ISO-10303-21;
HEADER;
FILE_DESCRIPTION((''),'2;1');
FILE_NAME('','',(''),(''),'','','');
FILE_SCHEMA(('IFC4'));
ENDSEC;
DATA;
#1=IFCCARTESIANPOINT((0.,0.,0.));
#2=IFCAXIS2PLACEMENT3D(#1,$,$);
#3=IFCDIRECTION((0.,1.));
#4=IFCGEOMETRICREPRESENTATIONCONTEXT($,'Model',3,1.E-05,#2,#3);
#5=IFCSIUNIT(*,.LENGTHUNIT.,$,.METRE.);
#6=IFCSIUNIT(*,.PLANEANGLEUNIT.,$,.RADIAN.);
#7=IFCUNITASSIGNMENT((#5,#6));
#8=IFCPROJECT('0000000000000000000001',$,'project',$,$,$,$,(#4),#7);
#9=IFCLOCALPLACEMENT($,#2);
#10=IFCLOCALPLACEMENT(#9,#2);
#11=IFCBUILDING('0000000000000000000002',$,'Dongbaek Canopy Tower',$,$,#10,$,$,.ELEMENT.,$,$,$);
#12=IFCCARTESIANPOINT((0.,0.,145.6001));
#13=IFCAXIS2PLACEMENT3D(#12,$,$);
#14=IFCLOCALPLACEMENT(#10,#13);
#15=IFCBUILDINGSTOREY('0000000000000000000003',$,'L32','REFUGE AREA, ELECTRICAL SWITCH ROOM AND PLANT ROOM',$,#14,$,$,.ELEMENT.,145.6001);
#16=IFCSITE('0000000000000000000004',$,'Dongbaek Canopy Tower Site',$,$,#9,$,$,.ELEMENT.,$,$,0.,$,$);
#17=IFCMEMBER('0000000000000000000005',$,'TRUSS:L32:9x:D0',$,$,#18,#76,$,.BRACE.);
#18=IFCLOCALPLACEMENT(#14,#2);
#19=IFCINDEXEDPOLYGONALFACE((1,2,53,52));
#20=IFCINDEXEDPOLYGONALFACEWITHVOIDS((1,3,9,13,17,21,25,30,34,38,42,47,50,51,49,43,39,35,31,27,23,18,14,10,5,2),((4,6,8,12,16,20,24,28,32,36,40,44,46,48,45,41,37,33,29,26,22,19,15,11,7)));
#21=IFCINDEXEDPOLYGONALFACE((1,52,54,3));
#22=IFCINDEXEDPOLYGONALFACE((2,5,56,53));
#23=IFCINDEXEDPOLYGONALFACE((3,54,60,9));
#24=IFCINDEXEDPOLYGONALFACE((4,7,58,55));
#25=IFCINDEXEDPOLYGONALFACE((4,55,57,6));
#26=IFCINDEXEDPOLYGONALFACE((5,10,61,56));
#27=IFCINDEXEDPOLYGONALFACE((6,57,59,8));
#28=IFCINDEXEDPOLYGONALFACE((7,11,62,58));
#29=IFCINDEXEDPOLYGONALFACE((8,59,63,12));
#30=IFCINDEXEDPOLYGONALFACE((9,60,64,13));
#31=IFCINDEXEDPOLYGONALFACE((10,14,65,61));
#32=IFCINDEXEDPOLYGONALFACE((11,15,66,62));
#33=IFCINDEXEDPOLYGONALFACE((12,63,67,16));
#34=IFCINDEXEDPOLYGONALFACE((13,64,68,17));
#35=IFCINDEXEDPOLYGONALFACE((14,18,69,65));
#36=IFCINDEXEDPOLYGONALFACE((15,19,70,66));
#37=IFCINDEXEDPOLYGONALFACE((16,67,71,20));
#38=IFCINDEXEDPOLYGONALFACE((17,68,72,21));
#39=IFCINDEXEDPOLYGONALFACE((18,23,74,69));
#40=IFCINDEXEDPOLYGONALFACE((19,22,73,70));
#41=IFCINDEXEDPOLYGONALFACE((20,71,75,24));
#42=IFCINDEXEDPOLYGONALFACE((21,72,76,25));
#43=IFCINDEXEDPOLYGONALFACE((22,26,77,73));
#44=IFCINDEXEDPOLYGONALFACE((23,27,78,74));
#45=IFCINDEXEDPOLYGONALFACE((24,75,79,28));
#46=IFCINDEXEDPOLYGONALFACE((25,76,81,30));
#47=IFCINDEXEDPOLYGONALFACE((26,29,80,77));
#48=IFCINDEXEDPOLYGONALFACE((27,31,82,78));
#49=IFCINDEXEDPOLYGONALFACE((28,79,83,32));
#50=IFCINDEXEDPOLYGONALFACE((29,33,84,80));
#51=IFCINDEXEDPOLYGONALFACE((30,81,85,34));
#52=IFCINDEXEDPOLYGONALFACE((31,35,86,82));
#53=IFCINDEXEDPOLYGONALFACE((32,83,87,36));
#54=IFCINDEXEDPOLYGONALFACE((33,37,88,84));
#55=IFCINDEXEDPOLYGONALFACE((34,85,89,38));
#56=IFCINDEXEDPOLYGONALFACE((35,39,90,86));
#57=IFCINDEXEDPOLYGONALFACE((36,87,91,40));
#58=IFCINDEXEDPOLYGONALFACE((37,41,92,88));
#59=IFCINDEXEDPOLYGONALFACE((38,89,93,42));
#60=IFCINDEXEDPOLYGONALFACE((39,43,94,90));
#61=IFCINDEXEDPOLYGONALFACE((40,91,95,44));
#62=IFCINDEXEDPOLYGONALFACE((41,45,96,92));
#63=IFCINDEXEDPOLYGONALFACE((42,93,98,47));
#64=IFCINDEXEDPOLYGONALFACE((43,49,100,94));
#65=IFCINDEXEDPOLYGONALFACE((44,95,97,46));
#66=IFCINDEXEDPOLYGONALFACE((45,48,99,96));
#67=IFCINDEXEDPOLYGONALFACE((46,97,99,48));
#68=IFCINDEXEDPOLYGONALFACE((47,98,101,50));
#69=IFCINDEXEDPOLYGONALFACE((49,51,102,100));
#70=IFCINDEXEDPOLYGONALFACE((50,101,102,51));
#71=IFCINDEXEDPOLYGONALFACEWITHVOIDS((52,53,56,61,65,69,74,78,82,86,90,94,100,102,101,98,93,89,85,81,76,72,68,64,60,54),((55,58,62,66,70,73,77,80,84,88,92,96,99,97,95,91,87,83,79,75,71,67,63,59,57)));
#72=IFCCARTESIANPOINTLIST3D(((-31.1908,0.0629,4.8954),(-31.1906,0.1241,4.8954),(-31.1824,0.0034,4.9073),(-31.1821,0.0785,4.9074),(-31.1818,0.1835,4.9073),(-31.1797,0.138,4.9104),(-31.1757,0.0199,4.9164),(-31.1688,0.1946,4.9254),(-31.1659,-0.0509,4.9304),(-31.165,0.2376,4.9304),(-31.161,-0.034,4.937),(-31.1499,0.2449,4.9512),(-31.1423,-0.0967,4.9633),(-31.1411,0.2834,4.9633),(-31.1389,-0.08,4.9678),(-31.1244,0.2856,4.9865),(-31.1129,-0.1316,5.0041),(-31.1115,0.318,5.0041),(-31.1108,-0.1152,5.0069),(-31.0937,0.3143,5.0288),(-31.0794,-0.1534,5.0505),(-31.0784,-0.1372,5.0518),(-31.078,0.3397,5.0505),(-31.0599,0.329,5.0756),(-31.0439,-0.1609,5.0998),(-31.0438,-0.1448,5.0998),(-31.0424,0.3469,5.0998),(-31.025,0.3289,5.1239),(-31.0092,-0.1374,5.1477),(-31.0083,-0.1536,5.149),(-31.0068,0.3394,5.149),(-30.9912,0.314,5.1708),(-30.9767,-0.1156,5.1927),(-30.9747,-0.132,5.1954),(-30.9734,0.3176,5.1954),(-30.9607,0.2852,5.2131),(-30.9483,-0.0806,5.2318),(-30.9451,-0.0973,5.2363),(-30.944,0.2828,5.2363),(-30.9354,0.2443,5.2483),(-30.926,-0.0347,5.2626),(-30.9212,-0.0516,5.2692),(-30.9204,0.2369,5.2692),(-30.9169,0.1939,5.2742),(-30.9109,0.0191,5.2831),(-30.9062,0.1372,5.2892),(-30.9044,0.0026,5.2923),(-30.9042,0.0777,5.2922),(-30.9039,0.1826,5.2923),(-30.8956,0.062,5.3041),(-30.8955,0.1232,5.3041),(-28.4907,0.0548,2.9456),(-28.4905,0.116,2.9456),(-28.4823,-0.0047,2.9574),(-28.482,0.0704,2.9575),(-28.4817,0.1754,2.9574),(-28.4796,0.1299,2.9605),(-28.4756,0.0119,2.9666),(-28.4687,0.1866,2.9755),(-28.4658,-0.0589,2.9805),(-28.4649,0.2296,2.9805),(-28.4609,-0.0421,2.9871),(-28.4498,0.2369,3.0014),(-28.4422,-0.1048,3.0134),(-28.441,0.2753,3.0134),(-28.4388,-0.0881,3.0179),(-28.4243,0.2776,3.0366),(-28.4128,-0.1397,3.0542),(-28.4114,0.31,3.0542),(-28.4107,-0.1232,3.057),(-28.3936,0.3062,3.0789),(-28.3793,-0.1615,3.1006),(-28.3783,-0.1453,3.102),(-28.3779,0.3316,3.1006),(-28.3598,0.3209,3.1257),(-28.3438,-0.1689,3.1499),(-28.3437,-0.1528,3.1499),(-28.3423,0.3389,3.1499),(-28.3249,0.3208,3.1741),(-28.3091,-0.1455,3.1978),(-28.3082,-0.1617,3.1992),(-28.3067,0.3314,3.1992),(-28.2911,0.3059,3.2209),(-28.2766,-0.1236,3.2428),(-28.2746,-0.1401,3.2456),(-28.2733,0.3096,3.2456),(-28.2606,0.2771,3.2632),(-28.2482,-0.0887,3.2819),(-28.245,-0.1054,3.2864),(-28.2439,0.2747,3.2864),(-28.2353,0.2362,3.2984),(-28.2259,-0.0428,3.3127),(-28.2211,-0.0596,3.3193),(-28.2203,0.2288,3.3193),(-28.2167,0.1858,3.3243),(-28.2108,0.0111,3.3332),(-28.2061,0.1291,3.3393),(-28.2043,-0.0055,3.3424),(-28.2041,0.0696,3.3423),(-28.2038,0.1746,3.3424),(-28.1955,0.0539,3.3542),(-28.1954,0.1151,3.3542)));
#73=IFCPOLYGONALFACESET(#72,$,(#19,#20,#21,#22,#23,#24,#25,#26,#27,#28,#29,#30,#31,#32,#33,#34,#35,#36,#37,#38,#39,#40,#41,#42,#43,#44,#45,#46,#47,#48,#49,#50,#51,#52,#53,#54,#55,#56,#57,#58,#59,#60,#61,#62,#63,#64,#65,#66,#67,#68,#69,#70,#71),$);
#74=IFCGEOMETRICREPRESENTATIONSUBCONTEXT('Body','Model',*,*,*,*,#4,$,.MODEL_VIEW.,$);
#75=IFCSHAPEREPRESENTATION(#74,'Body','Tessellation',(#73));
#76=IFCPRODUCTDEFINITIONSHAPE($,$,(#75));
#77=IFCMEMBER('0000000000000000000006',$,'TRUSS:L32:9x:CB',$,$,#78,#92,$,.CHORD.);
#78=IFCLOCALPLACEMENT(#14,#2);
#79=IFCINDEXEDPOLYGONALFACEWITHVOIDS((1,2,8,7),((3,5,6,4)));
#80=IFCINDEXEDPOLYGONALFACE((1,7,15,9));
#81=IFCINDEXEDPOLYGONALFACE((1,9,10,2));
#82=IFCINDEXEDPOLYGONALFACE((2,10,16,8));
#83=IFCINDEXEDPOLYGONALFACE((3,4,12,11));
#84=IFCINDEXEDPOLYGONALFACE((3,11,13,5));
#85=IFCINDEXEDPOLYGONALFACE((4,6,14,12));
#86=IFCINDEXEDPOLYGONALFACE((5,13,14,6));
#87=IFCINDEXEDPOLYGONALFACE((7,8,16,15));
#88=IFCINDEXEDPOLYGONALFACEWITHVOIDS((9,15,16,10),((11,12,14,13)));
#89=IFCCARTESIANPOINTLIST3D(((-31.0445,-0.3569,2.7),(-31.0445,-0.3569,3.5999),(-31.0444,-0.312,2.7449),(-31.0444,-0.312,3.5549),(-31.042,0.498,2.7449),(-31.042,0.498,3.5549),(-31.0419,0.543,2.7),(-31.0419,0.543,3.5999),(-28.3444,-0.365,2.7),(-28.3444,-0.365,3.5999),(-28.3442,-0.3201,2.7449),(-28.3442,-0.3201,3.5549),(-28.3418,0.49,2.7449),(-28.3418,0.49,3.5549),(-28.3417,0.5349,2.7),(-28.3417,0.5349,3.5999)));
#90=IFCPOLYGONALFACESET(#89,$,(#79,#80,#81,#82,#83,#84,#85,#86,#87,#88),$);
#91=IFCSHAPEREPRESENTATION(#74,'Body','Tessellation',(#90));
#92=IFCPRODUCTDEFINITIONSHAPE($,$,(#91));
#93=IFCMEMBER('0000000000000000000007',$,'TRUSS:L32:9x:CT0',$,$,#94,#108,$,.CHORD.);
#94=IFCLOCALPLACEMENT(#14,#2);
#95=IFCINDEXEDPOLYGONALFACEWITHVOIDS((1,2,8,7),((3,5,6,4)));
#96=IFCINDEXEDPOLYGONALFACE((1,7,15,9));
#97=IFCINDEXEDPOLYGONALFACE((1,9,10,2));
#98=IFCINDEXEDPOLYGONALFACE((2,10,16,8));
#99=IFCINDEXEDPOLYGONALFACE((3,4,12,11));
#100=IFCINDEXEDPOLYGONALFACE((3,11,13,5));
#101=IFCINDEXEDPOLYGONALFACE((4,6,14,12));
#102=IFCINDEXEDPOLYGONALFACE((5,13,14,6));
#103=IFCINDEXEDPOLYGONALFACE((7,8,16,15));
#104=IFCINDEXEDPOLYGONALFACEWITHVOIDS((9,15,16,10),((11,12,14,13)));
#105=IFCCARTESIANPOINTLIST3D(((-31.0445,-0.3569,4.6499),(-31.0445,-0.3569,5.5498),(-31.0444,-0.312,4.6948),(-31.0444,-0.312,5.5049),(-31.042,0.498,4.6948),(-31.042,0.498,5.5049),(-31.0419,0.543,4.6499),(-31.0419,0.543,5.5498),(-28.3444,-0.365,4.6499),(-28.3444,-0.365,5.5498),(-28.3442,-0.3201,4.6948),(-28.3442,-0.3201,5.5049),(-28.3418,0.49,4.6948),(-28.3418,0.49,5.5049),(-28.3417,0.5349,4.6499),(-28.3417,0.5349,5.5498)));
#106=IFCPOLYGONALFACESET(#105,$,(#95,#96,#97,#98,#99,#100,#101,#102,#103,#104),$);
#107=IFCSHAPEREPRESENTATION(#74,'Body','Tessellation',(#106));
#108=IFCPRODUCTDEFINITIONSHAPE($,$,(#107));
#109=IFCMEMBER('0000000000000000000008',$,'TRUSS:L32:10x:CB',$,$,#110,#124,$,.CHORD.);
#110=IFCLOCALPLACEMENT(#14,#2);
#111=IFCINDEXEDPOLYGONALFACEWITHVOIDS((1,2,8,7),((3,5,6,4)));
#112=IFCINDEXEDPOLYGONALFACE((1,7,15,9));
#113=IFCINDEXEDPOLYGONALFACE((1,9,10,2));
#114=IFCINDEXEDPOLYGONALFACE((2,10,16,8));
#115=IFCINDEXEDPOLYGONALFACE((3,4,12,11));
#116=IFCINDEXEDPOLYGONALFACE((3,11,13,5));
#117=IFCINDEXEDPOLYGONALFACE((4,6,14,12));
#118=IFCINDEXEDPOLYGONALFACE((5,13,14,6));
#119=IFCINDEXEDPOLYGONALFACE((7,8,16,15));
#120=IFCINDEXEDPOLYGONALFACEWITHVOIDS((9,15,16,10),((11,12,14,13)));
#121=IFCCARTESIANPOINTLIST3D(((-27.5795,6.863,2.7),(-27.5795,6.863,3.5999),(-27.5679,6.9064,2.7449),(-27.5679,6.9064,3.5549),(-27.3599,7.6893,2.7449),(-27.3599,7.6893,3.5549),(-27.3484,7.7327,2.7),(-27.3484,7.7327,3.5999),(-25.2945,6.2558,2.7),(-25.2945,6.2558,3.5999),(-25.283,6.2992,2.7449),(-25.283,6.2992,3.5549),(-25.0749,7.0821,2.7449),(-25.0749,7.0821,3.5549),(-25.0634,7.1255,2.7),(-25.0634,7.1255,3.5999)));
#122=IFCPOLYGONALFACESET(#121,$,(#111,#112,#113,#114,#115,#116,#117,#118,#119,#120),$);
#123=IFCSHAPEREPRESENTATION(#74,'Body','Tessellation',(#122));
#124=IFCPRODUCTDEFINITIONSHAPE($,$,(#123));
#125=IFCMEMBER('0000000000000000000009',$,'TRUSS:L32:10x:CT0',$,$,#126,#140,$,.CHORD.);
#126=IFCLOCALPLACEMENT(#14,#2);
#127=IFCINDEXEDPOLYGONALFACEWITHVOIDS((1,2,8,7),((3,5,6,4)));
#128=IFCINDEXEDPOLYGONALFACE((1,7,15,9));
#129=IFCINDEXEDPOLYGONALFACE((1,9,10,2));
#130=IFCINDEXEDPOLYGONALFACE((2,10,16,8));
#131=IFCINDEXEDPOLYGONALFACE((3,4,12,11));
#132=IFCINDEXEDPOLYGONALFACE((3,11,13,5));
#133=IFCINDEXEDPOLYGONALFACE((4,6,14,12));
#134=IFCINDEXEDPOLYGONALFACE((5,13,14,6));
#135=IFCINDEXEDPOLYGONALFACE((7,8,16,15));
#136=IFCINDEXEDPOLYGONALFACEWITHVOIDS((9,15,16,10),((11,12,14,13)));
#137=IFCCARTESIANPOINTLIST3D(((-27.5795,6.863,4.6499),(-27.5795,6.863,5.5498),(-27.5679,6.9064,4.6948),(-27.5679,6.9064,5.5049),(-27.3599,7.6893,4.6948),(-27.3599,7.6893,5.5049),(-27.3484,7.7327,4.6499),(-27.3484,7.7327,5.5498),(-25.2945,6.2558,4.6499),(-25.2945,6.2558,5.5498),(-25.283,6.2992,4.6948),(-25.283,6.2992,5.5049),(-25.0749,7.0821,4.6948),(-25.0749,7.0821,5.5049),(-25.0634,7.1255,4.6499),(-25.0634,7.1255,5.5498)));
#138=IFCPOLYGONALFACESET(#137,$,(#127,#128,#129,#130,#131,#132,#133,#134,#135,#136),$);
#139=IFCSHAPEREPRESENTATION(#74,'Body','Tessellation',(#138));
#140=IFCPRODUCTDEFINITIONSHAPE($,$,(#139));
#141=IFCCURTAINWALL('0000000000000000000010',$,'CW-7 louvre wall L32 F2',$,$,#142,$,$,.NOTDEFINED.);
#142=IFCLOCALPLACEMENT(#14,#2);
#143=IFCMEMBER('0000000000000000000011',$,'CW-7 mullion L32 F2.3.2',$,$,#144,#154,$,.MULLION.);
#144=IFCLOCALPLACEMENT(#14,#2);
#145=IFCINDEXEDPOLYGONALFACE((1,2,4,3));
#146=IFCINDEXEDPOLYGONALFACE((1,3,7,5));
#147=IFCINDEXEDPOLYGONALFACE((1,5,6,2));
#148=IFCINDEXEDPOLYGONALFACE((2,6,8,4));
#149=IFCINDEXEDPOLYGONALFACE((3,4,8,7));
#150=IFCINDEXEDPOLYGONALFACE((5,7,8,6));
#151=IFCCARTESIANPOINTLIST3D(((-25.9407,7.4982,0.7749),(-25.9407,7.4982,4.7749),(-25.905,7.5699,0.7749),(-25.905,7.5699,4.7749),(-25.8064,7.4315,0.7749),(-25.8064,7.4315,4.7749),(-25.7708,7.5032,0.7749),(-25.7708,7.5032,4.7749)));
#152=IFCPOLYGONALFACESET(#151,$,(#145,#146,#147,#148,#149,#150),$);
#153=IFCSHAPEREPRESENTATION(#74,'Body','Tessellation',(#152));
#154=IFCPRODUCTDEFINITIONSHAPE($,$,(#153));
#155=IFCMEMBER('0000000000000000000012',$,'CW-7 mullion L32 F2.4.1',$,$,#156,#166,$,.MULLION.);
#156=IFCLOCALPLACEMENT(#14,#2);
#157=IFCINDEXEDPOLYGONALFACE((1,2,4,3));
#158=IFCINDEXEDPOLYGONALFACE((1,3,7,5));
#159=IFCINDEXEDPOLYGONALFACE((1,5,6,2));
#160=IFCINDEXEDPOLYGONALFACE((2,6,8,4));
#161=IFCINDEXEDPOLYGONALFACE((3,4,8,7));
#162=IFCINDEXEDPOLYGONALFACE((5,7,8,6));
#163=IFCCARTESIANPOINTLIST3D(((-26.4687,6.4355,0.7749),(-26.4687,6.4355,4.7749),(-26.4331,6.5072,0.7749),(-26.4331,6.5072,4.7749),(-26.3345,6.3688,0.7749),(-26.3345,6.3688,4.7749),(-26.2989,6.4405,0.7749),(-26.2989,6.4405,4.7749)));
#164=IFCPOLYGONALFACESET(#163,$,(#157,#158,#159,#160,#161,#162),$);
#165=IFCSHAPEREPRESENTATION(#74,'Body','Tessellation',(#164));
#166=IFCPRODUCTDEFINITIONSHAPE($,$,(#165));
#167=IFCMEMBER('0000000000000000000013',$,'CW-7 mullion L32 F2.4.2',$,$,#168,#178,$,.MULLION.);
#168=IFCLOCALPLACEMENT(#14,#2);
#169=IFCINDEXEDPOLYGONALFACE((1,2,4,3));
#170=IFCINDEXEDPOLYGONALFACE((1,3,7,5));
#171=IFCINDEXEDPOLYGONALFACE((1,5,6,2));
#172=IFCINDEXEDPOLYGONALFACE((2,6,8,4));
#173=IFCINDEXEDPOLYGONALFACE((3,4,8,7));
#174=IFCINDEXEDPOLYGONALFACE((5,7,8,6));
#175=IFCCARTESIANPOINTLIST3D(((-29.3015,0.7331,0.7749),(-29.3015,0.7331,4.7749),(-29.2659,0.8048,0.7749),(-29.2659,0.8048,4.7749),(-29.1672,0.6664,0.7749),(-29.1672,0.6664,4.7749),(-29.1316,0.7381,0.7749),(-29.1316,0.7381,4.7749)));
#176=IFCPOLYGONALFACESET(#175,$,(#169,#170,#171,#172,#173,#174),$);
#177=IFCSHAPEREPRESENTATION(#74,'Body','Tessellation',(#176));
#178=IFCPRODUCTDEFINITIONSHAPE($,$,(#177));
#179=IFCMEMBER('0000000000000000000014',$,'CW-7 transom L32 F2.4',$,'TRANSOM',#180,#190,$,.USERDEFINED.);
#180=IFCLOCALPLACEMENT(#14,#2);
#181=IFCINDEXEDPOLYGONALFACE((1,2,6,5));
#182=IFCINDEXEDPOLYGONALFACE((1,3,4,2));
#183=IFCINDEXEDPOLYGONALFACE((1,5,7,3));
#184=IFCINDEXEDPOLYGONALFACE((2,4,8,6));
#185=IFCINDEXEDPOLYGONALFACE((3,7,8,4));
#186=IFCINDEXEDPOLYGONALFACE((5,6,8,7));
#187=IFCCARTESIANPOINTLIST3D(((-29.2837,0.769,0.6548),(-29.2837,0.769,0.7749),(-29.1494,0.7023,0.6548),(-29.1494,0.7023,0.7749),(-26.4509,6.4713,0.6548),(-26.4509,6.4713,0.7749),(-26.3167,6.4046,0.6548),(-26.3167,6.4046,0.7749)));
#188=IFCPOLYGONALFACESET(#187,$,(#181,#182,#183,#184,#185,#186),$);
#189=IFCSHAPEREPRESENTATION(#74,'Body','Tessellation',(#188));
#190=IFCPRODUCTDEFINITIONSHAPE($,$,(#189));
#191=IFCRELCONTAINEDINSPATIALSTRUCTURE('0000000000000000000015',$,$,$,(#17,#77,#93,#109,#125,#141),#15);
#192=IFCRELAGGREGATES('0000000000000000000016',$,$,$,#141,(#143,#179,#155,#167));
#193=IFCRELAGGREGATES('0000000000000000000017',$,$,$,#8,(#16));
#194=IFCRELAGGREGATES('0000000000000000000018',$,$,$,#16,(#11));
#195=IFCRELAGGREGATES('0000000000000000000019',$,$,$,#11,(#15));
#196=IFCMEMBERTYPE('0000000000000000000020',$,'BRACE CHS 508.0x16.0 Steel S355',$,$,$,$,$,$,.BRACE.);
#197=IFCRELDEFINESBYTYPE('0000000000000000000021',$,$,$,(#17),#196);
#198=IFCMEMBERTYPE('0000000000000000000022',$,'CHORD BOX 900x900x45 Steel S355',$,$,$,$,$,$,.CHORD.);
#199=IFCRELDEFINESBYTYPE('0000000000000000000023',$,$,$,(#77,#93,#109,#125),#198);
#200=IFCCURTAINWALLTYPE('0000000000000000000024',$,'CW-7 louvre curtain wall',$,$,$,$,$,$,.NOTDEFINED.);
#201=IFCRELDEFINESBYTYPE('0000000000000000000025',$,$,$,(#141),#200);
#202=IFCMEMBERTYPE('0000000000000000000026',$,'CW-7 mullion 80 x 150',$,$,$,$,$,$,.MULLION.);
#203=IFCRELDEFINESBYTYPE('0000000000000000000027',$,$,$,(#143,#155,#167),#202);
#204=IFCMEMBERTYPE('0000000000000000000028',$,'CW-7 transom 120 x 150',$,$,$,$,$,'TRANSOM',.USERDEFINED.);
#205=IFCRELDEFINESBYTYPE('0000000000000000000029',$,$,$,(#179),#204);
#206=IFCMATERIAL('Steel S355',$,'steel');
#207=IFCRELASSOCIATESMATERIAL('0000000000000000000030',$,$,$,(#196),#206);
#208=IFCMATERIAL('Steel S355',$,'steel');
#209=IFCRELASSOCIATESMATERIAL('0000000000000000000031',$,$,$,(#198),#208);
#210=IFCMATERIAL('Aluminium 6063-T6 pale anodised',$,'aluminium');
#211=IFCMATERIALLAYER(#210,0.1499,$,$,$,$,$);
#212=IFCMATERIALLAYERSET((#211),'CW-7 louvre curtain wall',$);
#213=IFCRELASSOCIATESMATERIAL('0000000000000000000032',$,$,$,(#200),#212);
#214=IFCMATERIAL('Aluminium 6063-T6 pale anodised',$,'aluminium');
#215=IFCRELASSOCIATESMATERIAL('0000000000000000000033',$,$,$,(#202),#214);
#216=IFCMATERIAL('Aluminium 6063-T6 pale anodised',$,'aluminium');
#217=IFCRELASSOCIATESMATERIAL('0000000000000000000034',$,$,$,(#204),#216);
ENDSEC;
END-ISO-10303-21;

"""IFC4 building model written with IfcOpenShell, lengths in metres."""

from ifc_helpers import new_model, si_unit, direction, frame, origin, origin_2d, place, context, subcontext, project, spatial, rectangle, hollow_rectangle, hollow_circle, extrude, material, layer, layer_set, material_profile, profile_set, type_object, element, aggregate, save


model = new_model("IFC4")

# Units and contexts
model_context = context("Model", 3, precision=1e-05, world=origin(), true_north=direction((0.0, 1.0)))
body_context = subcontext(model_context, "Body", "Model", "MODEL_VIEW")
ifc_project = project(units=[si_unit("LENGTHUNIT", "METRE"), si_unit("PLANEANGLEUNIT", "RADIAN")], contexts=[model_context])

# Site, building, storey
site_placement = place(None, origin())
site = spatial("IfcSite", under=ifc_project, at=site_placement, Name="Dongbaek Canopy Tower Site", CompositionType="ELEMENT", RefElevation=0.0)
building_placement = place(site_placement, origin())
building = spatial("IfcBuilding", under=site, at=building_placement, Name="Dongbaek Canopy Tower", CompositionType="ELEMENT")
storey_placement = place(building_placement, frame((0.0, 0.0, 145.6001)))
storey = spatial("IfcBuildingStorey", under=building, at=storey_placement, Name="L32", Description="REFUGE AREA, ELECTRICAL SWITCH ROOM AND PLANT ROOM", CompositionType="ELEMENT", Elevation=145.6001)

# Members
ifc_material_1 = material(Name="Steel S355", Category="steel")
ifc_material_profile_1 = material_profile(ifc_material_1, hollow_circle(Radius=0.2539, WallThickness=0.0161, at=origin_2d()), Name="BRACE CHS 508.0x16.0 Steel S355")
ifc_profile_set_1 = profile_set([ifc_material_profile_1], Name="Steel S355")
member_type_1 = type_object("IfcMemberType", Name="BRACE CHS 508.0x16.0 Steel S355", PredefinedType="BRACE", material=ifc_profile_set_1)
member_1_placement = place(storey_placement, frame((-28.343, 0.085, 3.1499), z_axis=(-0.810704, 0.002419, 0.585451), x_axis=(-0.002984, -0.999996, 0.0)))
element("IfcMember", 1, at=member_1_placement, inside=storey, type_object=member_type_1, Name="TRUSS:L32:9x:D0", PredefinedType="BRACE", context=body_context, shape_type="SweptSolid", body=[
    extrude(hollow_circle(Radius=0.2539, WallThickness=0.0161, at=origin_2d()), origin(), (0.0, 0.0, 1.0), 3.3306),
])
ifc_material_2 = material(Name="Steel S355", Category="steel")
ifc_material_profile_2 = material_profile(ifc_material_2, hollow_rectangle(XDim=0.8999, YDim=0.8999, WallThickness=0.0449, at=origin_2d()), Name="CHORD BOX 900x900x45 Steel S355")
ifc_profile_set_2 = profile_set([ifc_material_profile_2], Name="Steel S355")
member_type_2 = type_object("IfcMemberType", Name="CHORD BOX 900x900x45 Steel S355", PredefinedType="CHORD", material=ifc_profile_set_2)
for number, where, z_axis, x_axis, name in (
    (2, (-28.343, 0.085, 3.1499), (-0.999996, 0.002984, 0.0), (-0.002984, -0.999996, 0.0), "TRUSS:L32:9x:CB"),
    (3, (-28.343, 0.085, 5.0999), (-0.999996, 0.002984, 0.0), (-0.002984, -0.999996, 0.0), "TRUSS:L32:9x:CT0"),
):
    element("IfcMember", number, at=place(storey_placement, frame(where, z_axis=z_axis, x_axis=x_axis)), inside=storey, type_object=member_type_2, Name=name, PredefinedType="CHORD", context=body_context, shape_type="SweptSolid", body=[
        extrude(hollow_rectangle(XDim=0.8999, YDim=0.8999, WallThickness=0.0449, at=origin_2d()), origin(), (0.0, 0.0, 1.0), 2.7002),
    ])
for number, where, z_axis, x_axis, name in (
    (4, (-25.179, 6.6907, 3.1499), (-0.966459, 0.256821, 0.0), (-0.256821, -0.966459, 0.0), "TRUSS:L32:10x:CB"),
    (5, (-25.179, 6.6907, 5.0999), (-0.966459, 0.256821, 0.0), (-0.256821, -0.966459, 0.0), "TRUSS:L32:10x:CT0"),
):
    element("IfcMember", number, at=place(storey_placement, frame(where, z_axis=z_axis, x_axis=x_axis)), inside=storey, type_object=member_type_2, Name=name, PredefinedType="CHORD", context=body_context, shape_type="SweptSolid", body=[
        extrude(hollow_rectangle(XDim=0.8999, YDim=0.8999, WallThickness=0.0449, at=origin_2d()), origin(), (0.0, 0.0, 1.0), 2.3643),
    ])

# Curtain wall, members
ifc_material_3 = material(Name="Aluminium 6063-T6 pale anodised", Category="aluminium")
ifc_layer_1 = layer(ifc_material_3, 0.1499)
ifc_layer_set_1 = layer_set([ifc_layer_1], Name="CW-7 louvre curtain wall")
curtain_wall_type = type_object("IfcCurtainWallType", Name="CW-7 louvre curtain wall", PredefinedType="NOTDEFINED", material=ifc_layer_set_1)
curtain_wall_placement = place(storey_placement, origin())
curtain_wall = element("IfcCurtainWall", 6, at=curtain_wall_placement, inside=storey, type_object=curtain_wall_type, Name="CW-7 louvre wall L32 F2", PredefinedType="NOTDEFINED")
ifc_material_4 = material(Name="Aluminium 6063-T6 pale anodised", Category="aluminium")
ifc_material_profile_3 = material_profile(ifc_material_4, rectangle(XDim=0.1499, YDim=0.0801, at=origin_2d()), Name="CW-7 mullion 80 x 150")
ifc_profile_set_3 = profile_set([ifc_material_profile_3], Name="Aluminium 6063-T6 pale anodised")
member_type_3 = type_object("IfcMemberType", Name="CW-7 mullion 80 x 150", PredefinedType="MULLION", material=ifc_profile_set_3)
member_2_placement = place(storey_placement, frame((-25.8557, 7.5007, 0.7749), z_axis=(0.0, 0.0, 1.0), x_axis=(-0.895566, 0.444929, 0.0)))
member_2 = element("IfcMember", 7, at=member_2_placement, type_object=member_type_3, Name="CW-7 mullion L32 F2.3.2", PredefinedType="MULLION", context=body_context, shape_type="SweptSolid", body=[
    extrude(rectangle(XDim=0.1499, YDim=0.0801, at=origin_2d()), origin(), (0.0, 0.0, 1.0), 4.0),
])
member_3_placement = place(storey_placement, frame((-26.3838, 6.438, 0.7749), z_axis=(0.0, 0.0, 1.0), x_axis=(-0.895566, 0.444929, 0.0)))
member_3 = element("IfcMember", 8, at=member_3_placement, type_object=member_type_3, Name="CW-7 mullion L32 F2.4.1", PredefinedType="MULLION", context=body_context, shape_type="SweptSolid", body=[
    extrude(rectangle(XDim=0.1499, YDim=0.0801, at=origin_2d()), origin(), (0.0, 0.0, 1.0), 4.0),
])
member_4_placement = place(storey_placement, frame((-29.2166, 0.7356, 0.7749), z_axis=(0.0, 0.0, 1.0), x_axis=(-0.895566, 0.444929, 0.0)))
member_4 = element("IfcMember", 9, at=member_4_placement, type_object=member_type_3, Name="CW-7 mullion L32 F2.4.2", PredefinedType="MULLION", context=body_context, shape_type="SweptSolid", body=[
    extrude(rectangle(XDim=0.1499, YDim=0.0801, at=origin_2d()), origin(), (0.0, 0.0, 1.0), 4.0),
])
ifc_material_5 = material(Name="Aluminium 6063-T6 pale anodised", Category="aluminium")
ifc_material_profile_4 = material_profile(ifc_material_5, rectangle(XDim=0.1499, YDim=0.1201, at=origin_2d()), Name="CW-7 transom 120 x 150")
ifc_profile_set_4 = profile_set([ifc_material_profile_4], Name="Aluminium 6063-T6 pale anodised")
member_type_4 = type_object("IfcMemberType", Name="CW-7 transom 120 x 150", ElementType="TRANSOM", PredefinedType="USERDEFINED", material=ifc_profile_set_4)
member_5_placement = place(storey_placement, frame((-26.3838, 6.438, 0.7148), z_axis=(-0.444896, -0.895582, 0.0), x_axis=(0.895582, -0.444896, 0.0)))
member_5 = element("IfcMember", 10, at=member_5_placement, type_object=member_type_4, Name="CW-7 transom L32 F2.4", ObjectType="TRANSOM", PredefinedType="USERDEFINED", context=body_context, shape_type="SweptSolid", body=[
    extrude(rectangle(XDim=0.1499, YDim=0.1201, at=origin_2d()), origin(), (0.0, 0.0, 1.0), 6.3672),
])

aggregate(curtain_wall, [member_2, member_5, member_3, member_4])

save(model, "model.ifc")
